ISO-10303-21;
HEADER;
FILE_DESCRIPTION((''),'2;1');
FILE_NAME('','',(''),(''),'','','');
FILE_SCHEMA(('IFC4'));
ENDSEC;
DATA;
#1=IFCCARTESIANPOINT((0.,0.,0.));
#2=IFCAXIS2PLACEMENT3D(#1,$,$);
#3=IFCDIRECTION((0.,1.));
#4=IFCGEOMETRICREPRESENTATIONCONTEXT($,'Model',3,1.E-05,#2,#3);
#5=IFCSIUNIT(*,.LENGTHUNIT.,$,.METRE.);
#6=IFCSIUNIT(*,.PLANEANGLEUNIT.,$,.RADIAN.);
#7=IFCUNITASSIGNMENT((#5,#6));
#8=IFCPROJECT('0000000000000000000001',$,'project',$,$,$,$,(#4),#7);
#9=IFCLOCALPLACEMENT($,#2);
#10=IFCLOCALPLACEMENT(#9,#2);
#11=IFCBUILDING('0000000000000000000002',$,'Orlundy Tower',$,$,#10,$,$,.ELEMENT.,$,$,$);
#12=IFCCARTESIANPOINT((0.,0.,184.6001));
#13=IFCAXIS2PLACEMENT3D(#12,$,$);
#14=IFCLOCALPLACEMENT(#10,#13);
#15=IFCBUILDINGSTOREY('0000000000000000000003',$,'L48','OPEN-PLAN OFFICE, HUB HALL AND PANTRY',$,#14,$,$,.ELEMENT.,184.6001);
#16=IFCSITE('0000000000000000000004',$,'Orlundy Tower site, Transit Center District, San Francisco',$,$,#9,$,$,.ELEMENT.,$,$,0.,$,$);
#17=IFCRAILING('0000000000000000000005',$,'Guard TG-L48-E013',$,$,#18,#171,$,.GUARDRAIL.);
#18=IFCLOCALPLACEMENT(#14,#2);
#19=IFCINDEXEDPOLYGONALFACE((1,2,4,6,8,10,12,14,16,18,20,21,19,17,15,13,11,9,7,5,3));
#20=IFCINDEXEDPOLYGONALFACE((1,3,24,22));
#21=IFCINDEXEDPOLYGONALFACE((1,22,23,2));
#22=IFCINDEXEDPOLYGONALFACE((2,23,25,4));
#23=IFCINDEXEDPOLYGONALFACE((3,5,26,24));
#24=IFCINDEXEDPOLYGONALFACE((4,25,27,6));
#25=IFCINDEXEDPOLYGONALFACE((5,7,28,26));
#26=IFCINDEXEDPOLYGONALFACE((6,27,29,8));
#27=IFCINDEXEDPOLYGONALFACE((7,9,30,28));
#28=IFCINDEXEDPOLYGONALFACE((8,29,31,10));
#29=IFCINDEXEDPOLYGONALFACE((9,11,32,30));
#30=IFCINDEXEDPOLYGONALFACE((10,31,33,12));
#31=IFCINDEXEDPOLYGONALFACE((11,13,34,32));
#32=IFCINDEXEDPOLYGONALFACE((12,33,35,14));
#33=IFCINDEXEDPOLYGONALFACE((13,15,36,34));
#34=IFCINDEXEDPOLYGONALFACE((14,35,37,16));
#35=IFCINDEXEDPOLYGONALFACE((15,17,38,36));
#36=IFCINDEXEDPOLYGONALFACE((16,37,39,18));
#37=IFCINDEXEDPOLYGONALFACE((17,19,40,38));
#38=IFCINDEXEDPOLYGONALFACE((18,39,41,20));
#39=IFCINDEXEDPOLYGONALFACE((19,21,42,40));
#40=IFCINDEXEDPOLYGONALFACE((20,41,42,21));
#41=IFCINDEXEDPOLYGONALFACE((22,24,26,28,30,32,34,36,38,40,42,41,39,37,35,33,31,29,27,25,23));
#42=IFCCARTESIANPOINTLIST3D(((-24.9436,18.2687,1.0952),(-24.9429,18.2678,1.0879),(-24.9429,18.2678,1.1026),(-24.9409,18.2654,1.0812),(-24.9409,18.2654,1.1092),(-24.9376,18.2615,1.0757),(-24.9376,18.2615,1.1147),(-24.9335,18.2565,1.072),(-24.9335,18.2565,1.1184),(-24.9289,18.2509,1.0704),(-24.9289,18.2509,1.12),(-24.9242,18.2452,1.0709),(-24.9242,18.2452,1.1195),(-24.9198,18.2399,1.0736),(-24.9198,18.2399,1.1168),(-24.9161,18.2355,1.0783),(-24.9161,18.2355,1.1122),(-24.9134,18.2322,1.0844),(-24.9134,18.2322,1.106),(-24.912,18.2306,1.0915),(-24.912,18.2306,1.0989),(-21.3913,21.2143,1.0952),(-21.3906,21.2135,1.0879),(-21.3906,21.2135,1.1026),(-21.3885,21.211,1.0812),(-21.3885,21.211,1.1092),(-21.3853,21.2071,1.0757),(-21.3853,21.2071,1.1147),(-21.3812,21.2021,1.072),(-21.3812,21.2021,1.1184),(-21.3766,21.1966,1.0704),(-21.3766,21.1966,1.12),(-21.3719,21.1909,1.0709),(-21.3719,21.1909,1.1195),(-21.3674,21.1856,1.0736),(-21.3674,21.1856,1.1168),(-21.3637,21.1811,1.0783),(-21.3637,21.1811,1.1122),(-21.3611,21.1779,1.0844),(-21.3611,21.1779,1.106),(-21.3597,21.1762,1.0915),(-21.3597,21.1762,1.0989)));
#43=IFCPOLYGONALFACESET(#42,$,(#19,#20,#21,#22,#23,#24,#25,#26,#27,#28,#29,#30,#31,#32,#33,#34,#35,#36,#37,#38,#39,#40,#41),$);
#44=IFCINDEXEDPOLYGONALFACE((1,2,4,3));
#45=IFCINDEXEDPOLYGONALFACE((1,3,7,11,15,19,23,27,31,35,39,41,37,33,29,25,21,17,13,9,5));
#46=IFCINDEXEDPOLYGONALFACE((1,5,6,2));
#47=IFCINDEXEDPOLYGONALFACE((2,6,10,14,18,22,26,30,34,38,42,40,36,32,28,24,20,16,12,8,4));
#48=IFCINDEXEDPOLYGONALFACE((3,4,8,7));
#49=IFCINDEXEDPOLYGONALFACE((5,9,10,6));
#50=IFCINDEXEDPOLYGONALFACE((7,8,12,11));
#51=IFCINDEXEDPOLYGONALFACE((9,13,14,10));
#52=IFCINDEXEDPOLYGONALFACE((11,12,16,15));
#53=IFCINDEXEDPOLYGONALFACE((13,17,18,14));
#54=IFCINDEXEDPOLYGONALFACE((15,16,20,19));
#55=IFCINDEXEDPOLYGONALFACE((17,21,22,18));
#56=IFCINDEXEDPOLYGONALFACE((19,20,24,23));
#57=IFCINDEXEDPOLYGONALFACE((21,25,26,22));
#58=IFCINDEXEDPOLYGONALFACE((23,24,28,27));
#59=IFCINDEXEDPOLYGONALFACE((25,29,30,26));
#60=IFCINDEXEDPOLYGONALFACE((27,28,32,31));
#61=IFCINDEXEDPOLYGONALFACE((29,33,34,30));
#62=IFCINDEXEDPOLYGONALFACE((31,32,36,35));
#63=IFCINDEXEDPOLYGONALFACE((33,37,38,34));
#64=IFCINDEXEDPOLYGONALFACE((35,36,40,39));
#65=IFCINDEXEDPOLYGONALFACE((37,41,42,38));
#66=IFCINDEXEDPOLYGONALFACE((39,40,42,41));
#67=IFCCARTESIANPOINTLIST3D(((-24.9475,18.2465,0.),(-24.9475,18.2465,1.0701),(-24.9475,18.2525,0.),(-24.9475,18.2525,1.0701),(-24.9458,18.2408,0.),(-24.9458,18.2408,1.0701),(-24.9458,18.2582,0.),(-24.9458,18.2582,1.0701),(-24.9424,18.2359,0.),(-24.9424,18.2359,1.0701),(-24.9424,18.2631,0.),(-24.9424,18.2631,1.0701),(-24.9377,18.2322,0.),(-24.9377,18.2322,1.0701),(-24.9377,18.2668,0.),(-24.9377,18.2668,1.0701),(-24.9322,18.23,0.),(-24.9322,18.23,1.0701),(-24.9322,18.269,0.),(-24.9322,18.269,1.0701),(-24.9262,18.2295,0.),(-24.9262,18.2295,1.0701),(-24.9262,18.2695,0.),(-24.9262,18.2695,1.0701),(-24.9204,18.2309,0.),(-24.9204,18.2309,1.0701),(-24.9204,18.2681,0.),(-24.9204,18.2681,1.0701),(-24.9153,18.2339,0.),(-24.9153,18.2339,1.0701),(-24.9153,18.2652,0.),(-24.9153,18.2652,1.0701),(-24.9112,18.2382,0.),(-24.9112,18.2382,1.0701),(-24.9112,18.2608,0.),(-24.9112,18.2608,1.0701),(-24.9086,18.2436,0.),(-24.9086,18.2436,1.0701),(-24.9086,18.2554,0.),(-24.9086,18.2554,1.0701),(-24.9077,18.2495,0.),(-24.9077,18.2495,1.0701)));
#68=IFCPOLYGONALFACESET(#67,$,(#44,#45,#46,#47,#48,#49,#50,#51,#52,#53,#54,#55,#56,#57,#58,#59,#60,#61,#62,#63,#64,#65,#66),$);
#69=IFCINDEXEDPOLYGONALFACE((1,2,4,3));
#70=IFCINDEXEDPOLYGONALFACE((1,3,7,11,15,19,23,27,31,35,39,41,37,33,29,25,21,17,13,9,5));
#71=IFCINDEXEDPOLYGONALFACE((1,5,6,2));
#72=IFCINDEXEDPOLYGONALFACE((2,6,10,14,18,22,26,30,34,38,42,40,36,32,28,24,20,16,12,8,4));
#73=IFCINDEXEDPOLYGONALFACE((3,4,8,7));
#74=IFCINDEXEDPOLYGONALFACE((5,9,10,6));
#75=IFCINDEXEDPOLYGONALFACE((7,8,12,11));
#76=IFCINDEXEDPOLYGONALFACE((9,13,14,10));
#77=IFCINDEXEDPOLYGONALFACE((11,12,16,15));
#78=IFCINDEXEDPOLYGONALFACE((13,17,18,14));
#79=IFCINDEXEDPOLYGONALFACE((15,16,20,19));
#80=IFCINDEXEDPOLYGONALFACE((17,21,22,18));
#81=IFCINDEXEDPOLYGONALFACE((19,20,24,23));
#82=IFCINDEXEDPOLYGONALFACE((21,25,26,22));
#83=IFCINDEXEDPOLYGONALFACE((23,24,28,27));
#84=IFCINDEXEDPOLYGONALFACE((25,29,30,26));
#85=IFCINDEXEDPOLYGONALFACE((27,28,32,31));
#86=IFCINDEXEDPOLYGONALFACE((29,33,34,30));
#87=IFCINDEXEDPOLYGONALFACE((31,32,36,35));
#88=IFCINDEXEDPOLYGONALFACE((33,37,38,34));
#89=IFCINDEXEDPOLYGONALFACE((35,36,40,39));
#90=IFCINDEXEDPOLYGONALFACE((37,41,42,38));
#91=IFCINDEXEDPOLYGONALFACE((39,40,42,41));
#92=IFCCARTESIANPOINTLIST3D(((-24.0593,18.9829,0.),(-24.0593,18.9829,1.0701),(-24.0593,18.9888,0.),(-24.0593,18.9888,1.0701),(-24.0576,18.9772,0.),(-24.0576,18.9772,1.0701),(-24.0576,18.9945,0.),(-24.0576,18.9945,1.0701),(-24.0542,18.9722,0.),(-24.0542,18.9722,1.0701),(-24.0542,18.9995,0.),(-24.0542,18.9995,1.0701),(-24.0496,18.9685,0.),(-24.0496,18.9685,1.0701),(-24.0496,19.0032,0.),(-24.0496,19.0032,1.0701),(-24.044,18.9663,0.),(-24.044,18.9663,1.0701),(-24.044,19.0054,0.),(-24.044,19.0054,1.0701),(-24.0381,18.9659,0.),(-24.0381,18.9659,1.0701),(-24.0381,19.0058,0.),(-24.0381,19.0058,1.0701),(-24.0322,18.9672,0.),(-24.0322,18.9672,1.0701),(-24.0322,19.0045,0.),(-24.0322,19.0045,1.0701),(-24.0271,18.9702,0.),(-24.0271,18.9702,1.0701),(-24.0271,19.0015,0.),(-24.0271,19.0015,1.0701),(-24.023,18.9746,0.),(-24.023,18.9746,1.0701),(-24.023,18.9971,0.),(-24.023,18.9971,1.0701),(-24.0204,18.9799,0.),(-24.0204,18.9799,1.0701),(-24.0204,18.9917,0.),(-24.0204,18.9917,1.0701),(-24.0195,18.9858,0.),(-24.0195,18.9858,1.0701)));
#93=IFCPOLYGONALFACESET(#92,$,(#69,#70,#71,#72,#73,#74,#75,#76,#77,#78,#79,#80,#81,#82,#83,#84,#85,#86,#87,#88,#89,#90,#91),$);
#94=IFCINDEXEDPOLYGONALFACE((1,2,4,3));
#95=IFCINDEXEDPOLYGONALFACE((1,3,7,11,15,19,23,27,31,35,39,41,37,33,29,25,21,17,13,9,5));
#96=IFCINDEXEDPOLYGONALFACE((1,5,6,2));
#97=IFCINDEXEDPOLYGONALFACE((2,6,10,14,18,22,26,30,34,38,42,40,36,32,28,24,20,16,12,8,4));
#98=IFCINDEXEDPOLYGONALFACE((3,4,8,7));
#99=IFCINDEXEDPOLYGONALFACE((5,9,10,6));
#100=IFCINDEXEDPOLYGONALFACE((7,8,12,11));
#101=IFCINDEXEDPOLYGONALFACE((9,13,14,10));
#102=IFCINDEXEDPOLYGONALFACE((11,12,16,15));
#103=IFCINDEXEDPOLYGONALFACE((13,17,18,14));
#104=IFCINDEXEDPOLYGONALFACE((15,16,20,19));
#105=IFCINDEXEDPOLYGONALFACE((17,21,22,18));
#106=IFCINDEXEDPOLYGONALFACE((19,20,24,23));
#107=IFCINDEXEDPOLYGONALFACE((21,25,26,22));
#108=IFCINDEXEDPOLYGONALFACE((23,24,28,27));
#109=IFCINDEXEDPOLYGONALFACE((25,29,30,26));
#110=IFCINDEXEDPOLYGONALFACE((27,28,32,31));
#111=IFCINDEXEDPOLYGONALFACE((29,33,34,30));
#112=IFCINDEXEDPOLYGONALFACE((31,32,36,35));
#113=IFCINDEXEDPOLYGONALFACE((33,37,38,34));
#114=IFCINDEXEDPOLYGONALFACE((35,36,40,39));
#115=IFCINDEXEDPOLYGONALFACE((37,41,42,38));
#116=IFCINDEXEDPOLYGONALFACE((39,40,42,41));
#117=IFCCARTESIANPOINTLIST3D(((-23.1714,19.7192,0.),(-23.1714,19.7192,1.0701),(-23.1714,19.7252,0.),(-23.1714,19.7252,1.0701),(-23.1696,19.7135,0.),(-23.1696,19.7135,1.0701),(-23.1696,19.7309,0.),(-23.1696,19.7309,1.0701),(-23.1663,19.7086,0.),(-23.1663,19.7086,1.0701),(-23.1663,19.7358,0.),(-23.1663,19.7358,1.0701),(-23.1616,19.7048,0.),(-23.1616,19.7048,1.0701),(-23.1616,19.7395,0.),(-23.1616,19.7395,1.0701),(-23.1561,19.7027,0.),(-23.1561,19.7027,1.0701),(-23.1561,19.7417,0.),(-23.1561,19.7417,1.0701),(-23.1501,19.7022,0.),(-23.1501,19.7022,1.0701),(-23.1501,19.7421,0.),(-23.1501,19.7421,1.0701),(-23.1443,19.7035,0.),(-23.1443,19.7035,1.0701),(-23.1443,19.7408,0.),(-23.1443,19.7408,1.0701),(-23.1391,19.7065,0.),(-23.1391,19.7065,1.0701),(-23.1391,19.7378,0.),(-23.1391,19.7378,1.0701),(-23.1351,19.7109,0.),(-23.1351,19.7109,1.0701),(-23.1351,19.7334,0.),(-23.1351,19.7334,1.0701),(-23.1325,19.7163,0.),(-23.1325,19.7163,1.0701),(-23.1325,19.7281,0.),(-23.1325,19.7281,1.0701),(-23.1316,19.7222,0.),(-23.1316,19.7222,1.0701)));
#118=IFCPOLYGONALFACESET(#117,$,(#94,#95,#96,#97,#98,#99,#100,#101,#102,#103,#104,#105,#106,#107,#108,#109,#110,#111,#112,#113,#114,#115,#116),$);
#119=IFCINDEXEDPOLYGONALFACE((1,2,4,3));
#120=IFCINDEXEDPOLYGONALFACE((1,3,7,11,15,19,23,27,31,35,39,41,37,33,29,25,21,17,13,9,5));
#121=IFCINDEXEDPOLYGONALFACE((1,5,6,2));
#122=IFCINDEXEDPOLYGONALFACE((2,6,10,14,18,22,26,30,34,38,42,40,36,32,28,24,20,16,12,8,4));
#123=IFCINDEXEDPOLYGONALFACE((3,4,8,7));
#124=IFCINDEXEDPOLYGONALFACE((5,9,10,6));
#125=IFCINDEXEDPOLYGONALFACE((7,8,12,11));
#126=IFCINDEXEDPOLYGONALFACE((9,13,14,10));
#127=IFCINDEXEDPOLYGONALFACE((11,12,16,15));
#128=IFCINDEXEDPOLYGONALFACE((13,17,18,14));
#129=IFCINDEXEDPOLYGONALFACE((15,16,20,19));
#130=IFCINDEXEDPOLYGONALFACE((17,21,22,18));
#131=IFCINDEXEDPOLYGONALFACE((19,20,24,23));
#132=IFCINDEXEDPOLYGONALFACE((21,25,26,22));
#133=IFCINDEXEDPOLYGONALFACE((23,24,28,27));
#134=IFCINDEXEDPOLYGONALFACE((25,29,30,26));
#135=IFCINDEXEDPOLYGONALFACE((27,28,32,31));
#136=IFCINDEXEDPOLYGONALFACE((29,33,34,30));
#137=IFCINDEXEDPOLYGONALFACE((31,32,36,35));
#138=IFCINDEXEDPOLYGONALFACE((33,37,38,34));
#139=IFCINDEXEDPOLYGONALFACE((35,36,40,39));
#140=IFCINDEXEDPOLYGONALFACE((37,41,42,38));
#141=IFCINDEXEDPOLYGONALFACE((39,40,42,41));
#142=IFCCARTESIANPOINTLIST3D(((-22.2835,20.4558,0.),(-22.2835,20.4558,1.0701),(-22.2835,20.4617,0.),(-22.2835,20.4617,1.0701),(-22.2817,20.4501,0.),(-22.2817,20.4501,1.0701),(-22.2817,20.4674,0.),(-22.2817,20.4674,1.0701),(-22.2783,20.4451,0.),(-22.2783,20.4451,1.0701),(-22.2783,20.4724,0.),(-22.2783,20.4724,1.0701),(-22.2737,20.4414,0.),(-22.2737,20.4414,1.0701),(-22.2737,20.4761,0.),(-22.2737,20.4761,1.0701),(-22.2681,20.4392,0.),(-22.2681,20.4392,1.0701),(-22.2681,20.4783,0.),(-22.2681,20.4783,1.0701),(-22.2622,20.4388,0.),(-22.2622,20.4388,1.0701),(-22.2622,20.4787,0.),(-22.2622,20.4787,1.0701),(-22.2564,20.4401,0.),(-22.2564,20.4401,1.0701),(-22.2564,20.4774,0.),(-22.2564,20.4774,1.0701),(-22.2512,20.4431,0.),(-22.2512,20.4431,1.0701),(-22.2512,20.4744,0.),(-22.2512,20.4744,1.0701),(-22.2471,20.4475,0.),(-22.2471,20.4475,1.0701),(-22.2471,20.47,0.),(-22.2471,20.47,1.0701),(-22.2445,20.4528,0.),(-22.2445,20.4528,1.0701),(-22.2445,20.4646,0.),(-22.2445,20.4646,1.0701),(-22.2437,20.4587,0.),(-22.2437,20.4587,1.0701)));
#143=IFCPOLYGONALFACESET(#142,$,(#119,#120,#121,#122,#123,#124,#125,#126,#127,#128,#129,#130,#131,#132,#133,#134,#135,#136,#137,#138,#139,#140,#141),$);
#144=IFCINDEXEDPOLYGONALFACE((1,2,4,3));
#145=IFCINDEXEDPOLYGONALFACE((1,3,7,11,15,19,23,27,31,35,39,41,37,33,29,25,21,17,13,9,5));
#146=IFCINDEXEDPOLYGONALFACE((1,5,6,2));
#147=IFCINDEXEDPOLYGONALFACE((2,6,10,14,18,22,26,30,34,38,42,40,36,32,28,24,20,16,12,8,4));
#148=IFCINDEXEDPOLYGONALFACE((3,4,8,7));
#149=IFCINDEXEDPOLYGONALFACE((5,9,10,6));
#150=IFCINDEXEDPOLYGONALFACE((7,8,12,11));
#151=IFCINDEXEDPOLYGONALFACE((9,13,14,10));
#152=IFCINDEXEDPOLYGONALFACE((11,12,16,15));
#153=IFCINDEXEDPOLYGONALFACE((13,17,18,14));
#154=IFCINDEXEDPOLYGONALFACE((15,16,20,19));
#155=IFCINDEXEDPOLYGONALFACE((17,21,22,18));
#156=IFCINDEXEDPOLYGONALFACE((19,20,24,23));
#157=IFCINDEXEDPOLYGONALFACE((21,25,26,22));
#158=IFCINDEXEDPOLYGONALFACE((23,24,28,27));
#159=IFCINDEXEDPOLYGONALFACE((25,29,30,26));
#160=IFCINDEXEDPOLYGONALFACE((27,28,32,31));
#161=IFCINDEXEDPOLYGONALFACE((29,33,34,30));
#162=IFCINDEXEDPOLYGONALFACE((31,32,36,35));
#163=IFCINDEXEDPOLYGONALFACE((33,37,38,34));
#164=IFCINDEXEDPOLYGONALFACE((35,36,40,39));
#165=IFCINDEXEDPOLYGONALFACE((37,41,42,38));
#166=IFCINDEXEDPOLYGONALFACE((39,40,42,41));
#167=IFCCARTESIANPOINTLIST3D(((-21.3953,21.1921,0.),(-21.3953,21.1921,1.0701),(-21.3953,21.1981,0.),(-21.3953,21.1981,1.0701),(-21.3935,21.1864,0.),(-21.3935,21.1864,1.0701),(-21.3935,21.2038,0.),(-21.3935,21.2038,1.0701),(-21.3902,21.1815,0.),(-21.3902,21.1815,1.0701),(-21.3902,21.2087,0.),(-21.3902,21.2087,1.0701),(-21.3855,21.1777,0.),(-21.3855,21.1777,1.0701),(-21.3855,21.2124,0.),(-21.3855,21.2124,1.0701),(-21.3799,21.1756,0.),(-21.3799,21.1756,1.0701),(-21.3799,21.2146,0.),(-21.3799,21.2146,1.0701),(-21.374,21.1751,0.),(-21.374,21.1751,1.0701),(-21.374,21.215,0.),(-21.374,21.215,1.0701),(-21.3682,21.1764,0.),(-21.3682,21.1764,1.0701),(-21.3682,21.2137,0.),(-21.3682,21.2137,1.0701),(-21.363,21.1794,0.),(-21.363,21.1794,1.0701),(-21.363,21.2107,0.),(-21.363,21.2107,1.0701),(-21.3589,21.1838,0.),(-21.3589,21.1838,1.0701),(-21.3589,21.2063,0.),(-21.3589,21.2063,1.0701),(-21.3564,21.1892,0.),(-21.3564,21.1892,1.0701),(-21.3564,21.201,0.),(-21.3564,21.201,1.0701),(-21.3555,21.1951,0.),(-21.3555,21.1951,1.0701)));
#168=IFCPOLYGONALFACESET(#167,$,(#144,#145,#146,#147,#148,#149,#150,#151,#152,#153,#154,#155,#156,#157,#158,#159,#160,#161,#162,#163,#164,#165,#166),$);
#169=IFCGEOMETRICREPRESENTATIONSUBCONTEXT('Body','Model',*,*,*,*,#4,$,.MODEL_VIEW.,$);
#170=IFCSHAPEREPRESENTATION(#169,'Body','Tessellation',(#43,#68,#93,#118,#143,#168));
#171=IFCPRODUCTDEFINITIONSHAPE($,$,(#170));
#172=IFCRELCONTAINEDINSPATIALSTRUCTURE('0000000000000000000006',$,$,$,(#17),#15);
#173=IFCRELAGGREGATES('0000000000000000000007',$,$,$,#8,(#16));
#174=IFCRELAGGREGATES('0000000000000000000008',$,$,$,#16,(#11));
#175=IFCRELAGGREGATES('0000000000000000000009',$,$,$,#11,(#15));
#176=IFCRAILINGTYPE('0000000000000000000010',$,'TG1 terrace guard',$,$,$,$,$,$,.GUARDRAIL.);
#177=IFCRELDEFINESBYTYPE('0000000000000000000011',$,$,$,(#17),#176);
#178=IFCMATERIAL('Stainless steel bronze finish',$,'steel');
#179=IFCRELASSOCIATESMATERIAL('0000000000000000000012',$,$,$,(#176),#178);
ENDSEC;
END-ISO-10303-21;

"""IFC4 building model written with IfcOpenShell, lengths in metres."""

from ifc_helpers import new_model, si_unit, direction, frame, origin, origin_2d, place, context, subcontext, project, spatial, circle, extrude, material, type_object, element, save


model = new_model("IFC4")

# Units and contexts
model_context = context("Model", 3, precision=1e-05, world=origin(), true_north=direction((0.0, 1.0)))
body_context = subcontext(model_context, "Body", "Model", "MODEL_VIEW")
ifc_project = project(units=[si_unit("LENGTHUNIT", "METRE"), si_unit("PLANEANGLEUNIT", "RADIAN")], contexts=[model_context])

# Site, building, storey
site_placement = place(None, origin())
site = spatial("IfcSite", under=ifc_project, at=site_placement, Name="Orlundy Tower site, Transit Center District, San Francisco", CompositionType="ELEMENT", RefElevation=0.0)
building_placement = place(site_placement, origin())
building = spatial("IfcBuilding", under=site, at=building_placement, Name="Orlundy Tower", CompositionType="ELEMENT")
storey_placement = place(building_placement, frame((0.0, 0.0, 184.6001)))
storey = spatial("IfcBuildingStorey", under=building, at=storey_placement, Name="L48", Description="OPEN-PLAN OFFICE, HUB HALL AND PANTRY", CompositionType="ELEMENT", Elevation=184.6001)

# Railing
ifc_material_1 = material(Name="Stainless steel bronze finish", Category="steel")
railing_type_1 = type_object("IfcRailingType", Name="TG1 terrace guard", PredefinedType="GUARDRAIL", material=ifc_material_1)
railing_1_placement = place(storey_placement, frame((-24.9277, 18.2495, 0.0)))
element("IfcRailing", 1, at=railing_1_placement, inside=storey, type_object=railing_type_1, Name="Guard TG-L48-E013", PredefinedType="GUARDRAIL", context=body_context, shape_type="SweptSolid", body=[
    extrude(circle(Radius=0.0249, at=origin_2d()), frame((0.0, 0.0, 1.0952), z_axis=(0.76978, 0.638309, 0.0), x_axis=(-0.638309, 0.76978, 0.0)), (0.0, 0.0, 1.0), 4.6147),
    extrude(circle(Radius=0.02, at=origin_2d()), origin(), (0.0, 0.0, 1.0), 1.0701),
    extrude(circle(Radius=0.02, at=origin_2d()), frame((0.8882, 0.7363, 0.0)), (0.0, 0.0, 1.0), 1.0701),
    extrude(circle(Radius=0.02, at=origin_2d()), frame((1.7761, 1.4727, 0.0)), (0.0, 0.0, 1.0), 1.0701),
    extrude(circle(Radius=0.02, at=origin_2d()), frame((2.6641, 2.2092, 0.0)), (0.0, 0.0, 1.0), 1.0701),
    extrude(circle(Radius=0.02, at=origin_2d()), frame((3.5522, 2.9456, 0.0)), (0.0, 0.0, 1.0), 1.0701),
])

save(model, "model.ifc")
